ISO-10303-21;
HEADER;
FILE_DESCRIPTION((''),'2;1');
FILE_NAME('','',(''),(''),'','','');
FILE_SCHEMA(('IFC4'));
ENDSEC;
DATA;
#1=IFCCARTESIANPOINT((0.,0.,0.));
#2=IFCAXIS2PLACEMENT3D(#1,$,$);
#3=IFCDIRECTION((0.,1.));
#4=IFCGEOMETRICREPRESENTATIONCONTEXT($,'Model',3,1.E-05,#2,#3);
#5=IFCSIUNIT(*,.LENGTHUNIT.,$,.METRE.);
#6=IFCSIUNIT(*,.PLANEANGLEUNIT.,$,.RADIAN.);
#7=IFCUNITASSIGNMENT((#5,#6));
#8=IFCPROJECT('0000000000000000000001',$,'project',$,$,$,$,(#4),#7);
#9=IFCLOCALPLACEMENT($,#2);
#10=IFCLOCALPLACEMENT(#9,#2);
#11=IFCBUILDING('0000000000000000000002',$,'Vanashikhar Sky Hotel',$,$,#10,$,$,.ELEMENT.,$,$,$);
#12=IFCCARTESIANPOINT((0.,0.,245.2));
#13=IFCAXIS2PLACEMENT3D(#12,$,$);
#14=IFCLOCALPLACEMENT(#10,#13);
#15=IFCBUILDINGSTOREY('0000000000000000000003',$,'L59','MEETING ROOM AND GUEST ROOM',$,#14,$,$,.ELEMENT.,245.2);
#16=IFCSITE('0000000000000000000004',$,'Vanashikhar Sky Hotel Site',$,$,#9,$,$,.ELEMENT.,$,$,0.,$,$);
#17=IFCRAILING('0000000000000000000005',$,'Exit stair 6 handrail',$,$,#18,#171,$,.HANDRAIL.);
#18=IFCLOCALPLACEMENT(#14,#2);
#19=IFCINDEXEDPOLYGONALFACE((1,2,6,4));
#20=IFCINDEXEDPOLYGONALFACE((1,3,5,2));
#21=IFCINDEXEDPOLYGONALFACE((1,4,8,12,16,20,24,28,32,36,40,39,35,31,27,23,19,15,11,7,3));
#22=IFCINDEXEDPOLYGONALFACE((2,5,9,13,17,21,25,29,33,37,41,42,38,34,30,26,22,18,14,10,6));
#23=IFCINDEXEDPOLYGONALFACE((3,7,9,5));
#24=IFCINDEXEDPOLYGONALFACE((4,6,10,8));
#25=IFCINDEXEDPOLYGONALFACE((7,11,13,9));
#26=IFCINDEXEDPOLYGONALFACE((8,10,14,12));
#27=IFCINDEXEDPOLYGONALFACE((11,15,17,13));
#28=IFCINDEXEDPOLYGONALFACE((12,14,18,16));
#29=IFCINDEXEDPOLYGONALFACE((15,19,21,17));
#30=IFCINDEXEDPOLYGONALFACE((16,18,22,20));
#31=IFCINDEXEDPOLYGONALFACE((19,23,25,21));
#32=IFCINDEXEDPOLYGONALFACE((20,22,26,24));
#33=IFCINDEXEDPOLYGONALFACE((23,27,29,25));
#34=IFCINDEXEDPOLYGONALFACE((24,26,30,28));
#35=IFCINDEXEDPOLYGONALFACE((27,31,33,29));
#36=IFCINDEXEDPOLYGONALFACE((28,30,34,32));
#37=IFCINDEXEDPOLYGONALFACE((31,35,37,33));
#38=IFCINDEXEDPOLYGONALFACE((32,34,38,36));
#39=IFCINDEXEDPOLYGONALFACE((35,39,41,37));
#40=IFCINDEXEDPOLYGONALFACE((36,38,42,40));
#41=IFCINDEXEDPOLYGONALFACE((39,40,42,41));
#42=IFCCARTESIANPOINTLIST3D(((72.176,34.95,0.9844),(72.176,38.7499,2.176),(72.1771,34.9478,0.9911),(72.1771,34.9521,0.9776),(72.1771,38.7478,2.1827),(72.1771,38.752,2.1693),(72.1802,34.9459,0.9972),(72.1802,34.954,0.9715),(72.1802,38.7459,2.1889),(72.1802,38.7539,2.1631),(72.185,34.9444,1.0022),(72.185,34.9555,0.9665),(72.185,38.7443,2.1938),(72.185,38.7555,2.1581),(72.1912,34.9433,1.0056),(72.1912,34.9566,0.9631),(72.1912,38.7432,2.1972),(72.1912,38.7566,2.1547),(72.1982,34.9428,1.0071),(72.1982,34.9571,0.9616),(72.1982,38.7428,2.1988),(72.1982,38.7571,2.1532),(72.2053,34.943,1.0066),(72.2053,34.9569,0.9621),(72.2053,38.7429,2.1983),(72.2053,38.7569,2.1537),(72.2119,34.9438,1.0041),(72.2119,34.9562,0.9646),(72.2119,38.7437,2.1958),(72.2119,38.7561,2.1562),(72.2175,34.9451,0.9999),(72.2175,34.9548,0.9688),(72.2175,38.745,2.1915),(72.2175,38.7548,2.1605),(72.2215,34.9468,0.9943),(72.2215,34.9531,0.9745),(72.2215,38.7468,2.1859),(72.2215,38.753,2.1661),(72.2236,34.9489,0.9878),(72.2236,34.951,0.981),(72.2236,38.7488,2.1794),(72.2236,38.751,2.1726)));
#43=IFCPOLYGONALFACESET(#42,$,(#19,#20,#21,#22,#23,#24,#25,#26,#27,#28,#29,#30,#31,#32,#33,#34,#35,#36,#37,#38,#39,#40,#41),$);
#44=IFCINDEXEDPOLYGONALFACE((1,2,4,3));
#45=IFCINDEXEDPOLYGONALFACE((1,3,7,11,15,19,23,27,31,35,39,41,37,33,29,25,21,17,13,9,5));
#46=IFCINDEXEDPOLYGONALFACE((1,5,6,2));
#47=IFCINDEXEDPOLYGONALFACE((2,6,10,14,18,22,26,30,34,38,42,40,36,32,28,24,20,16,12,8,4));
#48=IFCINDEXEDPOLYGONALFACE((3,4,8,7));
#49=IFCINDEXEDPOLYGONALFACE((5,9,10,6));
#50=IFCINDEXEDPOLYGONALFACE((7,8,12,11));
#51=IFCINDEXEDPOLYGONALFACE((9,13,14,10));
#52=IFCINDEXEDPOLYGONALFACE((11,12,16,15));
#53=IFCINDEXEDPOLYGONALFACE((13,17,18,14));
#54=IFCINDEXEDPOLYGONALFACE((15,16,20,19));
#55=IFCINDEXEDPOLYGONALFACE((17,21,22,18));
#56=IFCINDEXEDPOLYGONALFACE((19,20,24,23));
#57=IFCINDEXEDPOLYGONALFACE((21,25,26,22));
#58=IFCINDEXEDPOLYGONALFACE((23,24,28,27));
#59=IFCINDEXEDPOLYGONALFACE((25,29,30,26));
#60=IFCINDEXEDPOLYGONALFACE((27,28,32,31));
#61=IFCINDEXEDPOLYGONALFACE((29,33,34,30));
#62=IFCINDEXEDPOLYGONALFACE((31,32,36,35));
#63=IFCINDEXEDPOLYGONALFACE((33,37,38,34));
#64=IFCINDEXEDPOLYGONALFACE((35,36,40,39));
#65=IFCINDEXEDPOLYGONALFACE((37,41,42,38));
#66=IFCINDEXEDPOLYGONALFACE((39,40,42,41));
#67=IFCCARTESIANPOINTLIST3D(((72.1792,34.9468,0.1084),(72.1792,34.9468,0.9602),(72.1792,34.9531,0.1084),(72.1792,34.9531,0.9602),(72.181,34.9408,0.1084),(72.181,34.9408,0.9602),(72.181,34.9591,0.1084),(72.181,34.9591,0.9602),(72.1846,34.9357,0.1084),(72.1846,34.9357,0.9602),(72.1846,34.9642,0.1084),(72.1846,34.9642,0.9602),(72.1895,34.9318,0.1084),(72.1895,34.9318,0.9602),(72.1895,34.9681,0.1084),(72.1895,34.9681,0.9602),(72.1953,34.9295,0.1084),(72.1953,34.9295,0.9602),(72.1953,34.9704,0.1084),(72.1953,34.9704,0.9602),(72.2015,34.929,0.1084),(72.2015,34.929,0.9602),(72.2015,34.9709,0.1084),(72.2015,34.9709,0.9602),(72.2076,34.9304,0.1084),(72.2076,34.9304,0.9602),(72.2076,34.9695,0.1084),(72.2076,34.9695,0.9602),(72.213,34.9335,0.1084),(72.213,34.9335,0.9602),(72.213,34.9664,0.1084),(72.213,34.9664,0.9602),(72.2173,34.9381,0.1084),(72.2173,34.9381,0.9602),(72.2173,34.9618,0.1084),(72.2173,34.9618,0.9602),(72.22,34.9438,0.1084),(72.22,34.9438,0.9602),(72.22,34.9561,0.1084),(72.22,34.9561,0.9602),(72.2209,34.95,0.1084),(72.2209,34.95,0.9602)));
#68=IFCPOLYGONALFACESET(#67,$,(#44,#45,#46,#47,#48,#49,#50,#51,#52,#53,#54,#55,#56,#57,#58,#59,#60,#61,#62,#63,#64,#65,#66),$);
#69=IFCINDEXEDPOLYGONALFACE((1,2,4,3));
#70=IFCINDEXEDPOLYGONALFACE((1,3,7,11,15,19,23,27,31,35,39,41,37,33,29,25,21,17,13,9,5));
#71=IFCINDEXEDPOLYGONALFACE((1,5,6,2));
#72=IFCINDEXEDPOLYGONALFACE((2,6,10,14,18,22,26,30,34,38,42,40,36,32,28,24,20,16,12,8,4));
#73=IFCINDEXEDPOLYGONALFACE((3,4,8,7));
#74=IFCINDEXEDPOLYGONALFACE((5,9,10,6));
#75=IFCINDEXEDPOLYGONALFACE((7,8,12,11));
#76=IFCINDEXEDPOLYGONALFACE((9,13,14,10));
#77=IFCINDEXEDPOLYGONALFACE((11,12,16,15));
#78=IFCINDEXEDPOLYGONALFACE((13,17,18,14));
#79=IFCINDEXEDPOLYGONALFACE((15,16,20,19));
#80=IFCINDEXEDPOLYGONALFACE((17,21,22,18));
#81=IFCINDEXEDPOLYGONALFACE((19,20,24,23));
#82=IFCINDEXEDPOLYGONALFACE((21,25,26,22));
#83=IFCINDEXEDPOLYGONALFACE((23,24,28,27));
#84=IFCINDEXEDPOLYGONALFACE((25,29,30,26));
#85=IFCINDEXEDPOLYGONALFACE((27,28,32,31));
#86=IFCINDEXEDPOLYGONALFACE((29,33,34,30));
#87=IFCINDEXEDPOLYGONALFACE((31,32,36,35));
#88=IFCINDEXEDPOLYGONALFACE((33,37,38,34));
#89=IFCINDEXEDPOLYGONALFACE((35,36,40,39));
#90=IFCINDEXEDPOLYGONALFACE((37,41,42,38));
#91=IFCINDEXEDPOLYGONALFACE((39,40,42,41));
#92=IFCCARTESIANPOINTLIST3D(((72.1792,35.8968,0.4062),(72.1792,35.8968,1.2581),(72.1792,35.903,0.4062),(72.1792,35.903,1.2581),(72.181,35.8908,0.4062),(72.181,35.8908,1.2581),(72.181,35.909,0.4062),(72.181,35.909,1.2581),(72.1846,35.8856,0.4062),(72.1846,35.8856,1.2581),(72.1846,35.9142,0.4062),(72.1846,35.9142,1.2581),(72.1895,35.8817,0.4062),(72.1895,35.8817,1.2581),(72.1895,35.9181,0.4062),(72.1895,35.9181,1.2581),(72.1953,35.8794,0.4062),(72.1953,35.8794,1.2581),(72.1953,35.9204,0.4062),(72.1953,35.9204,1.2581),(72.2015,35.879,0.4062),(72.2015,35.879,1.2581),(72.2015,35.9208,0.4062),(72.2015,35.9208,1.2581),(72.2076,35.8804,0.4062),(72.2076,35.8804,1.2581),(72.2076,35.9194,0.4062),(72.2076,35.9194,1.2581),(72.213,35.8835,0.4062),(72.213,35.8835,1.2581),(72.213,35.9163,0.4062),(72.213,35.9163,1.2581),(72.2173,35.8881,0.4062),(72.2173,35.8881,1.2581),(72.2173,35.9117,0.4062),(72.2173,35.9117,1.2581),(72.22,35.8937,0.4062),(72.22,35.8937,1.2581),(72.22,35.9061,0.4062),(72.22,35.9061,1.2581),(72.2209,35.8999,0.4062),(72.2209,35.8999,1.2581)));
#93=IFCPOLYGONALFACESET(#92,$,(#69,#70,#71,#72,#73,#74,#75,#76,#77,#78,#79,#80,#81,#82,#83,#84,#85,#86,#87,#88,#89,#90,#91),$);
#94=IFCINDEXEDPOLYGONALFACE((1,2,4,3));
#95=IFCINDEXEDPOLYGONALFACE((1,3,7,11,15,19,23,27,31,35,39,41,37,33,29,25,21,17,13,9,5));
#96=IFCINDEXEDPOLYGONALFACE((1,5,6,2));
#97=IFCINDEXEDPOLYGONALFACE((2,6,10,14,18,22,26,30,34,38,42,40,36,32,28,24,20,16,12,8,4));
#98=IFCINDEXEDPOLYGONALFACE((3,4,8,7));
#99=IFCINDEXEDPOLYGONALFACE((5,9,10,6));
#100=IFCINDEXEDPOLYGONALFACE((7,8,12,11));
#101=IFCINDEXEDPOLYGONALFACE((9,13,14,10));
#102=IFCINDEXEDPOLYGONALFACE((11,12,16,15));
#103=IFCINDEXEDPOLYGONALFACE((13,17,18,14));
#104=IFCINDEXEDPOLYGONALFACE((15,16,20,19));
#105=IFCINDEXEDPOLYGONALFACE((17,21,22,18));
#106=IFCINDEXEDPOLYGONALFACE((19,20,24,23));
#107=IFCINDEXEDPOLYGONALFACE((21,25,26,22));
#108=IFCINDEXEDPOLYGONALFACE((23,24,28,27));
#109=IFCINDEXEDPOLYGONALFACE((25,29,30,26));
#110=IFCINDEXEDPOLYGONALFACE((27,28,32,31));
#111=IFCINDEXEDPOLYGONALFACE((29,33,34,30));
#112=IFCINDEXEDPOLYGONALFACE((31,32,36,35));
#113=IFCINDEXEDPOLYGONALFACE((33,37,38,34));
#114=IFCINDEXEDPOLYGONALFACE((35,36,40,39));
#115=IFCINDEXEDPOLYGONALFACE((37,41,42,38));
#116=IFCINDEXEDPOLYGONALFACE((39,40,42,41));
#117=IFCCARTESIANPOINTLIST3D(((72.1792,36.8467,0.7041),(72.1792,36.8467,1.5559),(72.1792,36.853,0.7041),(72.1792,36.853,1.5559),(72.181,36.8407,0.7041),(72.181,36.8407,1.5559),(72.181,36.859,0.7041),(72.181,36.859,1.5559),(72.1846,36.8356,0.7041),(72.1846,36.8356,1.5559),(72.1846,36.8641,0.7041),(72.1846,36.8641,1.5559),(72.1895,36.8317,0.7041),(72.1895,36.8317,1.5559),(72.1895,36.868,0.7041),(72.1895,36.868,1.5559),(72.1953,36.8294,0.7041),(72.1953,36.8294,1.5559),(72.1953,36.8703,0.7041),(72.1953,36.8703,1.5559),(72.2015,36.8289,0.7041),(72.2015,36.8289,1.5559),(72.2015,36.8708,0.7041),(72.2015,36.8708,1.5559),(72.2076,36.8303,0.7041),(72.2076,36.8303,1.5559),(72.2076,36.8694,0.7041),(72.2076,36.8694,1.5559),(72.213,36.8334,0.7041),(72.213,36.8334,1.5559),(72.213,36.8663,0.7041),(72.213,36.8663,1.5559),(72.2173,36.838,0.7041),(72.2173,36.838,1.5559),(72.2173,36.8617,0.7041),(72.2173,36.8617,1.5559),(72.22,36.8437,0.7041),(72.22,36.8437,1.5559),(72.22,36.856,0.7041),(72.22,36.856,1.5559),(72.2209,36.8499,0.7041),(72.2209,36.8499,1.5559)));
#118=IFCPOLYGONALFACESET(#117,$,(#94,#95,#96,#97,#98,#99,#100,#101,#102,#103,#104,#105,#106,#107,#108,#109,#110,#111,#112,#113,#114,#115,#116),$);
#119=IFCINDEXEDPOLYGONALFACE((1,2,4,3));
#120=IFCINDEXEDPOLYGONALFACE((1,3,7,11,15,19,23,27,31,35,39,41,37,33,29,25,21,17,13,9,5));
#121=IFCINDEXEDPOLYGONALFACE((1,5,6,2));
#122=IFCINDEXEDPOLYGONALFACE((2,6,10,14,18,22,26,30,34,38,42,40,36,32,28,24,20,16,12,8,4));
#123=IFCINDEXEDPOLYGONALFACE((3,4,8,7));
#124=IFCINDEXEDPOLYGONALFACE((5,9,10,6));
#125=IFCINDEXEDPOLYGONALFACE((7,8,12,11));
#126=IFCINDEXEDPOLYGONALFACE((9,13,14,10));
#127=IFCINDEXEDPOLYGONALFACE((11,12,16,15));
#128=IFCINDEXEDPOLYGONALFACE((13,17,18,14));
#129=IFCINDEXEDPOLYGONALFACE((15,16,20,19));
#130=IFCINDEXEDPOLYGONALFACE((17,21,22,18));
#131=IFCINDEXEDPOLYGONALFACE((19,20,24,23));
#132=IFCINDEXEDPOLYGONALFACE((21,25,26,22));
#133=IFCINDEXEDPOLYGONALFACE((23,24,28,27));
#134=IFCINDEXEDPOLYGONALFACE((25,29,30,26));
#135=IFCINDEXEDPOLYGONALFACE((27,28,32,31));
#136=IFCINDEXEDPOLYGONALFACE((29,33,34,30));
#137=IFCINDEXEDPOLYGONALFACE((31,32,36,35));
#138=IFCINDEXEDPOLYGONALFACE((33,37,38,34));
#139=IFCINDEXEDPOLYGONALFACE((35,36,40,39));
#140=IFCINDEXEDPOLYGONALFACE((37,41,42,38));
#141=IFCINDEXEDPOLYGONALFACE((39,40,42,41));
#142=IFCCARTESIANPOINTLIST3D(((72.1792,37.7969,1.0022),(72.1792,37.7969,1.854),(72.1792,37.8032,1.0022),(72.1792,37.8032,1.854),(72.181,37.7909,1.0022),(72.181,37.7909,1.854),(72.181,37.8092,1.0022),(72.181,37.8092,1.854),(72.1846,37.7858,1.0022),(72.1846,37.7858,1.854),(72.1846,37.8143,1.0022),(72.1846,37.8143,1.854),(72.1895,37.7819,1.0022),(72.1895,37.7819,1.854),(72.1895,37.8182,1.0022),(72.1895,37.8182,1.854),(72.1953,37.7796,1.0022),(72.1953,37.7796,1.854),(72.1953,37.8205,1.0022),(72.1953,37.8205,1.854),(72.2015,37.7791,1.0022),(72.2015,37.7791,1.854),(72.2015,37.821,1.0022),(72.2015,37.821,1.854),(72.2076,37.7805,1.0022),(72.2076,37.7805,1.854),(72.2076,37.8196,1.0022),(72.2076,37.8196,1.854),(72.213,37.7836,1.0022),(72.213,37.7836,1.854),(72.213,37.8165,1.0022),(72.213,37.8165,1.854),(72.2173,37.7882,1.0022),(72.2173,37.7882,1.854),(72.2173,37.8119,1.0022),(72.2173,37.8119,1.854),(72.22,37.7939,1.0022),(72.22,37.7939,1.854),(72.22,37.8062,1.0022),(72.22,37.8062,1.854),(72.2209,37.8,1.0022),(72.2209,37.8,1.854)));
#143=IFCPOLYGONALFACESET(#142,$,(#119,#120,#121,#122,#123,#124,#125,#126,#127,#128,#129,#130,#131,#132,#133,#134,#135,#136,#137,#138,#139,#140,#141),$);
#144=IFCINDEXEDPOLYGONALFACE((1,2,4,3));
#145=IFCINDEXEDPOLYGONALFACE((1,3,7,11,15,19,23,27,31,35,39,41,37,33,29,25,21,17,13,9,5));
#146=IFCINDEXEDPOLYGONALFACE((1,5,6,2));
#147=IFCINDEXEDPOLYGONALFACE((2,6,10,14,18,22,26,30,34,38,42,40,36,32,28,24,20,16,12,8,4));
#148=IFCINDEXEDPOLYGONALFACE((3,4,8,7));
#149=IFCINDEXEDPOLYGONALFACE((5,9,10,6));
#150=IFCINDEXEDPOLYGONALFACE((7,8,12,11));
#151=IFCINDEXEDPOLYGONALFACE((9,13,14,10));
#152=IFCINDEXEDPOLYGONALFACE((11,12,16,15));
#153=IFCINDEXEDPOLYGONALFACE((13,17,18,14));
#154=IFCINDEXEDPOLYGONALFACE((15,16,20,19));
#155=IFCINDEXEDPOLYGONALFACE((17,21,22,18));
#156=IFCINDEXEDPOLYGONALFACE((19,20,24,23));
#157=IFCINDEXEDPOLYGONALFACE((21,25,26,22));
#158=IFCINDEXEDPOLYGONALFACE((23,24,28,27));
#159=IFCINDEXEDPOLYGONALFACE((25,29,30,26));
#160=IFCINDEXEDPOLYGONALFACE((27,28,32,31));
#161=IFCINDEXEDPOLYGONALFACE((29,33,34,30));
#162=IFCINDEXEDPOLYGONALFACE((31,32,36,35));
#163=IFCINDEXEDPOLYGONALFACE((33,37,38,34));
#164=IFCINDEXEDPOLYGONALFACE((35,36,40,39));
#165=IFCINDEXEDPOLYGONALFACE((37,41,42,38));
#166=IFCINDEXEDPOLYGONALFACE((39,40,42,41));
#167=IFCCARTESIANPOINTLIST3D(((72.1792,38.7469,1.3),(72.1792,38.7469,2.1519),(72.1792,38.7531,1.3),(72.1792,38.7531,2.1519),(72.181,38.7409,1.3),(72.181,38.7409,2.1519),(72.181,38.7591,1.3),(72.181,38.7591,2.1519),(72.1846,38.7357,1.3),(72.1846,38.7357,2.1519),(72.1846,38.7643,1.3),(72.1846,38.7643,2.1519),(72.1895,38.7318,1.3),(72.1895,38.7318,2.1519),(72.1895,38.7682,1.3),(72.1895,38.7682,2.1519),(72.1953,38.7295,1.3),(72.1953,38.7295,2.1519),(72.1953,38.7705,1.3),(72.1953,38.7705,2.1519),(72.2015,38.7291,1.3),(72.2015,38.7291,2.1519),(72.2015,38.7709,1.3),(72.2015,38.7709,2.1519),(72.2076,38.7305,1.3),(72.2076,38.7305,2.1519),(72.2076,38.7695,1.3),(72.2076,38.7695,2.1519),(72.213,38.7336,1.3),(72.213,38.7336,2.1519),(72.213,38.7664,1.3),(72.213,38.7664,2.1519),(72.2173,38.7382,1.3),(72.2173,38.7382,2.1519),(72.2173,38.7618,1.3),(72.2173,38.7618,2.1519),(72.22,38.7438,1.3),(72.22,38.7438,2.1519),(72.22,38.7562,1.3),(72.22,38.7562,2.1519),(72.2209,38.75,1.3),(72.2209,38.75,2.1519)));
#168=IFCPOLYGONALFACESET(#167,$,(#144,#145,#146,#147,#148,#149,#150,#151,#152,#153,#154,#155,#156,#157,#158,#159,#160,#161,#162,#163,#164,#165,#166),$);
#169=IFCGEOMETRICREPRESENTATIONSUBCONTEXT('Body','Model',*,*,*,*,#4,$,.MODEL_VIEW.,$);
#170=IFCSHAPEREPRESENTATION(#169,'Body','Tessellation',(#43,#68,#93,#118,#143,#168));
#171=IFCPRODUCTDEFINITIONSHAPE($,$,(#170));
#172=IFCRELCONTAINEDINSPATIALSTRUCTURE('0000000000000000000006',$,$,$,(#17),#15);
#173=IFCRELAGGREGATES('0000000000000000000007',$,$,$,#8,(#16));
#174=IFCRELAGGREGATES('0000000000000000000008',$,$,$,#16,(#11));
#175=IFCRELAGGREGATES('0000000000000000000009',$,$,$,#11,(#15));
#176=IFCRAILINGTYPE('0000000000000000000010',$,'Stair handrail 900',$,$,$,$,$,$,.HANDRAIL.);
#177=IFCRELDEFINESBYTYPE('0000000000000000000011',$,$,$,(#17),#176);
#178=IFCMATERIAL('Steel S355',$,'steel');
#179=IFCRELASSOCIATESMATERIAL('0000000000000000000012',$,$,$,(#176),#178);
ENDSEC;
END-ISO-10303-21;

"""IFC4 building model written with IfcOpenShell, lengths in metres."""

from ifc_helpers import new_model, si_unit, direction, frame, origin, origin_2d, place, context, subcontext, project, spatial, circle, extrude, source, transform, mapped, material, type_object, element, save


model = new_model("IFC4")

# Units and contexts
model_context = context("Model", 3, precision=1e-05, world=origin(), true_north=direction((0.0, 1.0)))
body_context = subcontext(model_context, "Body", "Model", "MODEL_VIEW")
ifc_project = project(units=[si_unit("LENGTHUNIT", "METRE"), si_unit("PLANEANGLEUNIT", "RADIAN")], contexts=[model_context])

# Site, building, storey
site_placement = place(None, origin())
site = spatial("IfcSite", under=ifc_project, at=site_placement, Name="Vanashikhar Sky Hotel Site", CompositionType="ELEMENT", RefElevation=0.0)
building_placement = place(site_placement, origin())
building = spatial("IfcBuilding", under=site, at=building_placement, Name="Vanashikhar Sky Hotel", CompositionType="ELEMENT")
storey_placement = place(building_placement, frame((0.0, 0.0, 245.2)))
storey = spatial("IfcBuildingStorey", under=building, at=storey_placement, Name="L59", Description="MEETING ROOM AND GUEST ROOM", CompositionType="ELEMENT", Elevation=245.2)

# Railing
ifc_material_1 = material(Name="Steel S355", Category="steel")
railing_type = type_object("IfcRailingType", Name="Stair handrail 900", PredefinedType="HANDRAIL", material=ifc_material_1)
shared_shape_1 = source(origin(), body_context, "Body", "SweptSolid", [
    extrude(circle(Radius=0.0239, at=origin_2d()), frame((0.0, 0.0, 0.876), z_axis=(0.0, 0.954184, 0.299221), x_axis=(-1.0, 0.0, 0.0)), (0.0, 0.0, 1.0), 3.9824),
    extrude(circle(Radius=0.021, at=origin_2d()), origin(), (0.0, 0.0, 1.0), 0.8518),
    extrude(circle(Radius=0.021, at=origin_2d()), frame((0.0, 0.95, 0.2979)), (0.0, 0.0, 1.0), 0.8518),
    extrude(circle(Radius=0.021, at=origin_2d()), frame((0.0, 1.8999, 0.5957)), (0.0, 0.0, 1.0), 0.8518),
    extrude(circle(Radius=0.021, at=origin_2d()), frame((0.0, 2.8501, 0.8938)), (0.0, 0.0, 1.0), 0.8518),
    extrude(circle(Radius=0.021, at=origin_2d()), frame((0.0, 3.8, 1.1917)), (0.0, 0.0, 1.0), 0.8518),
])
for number, where, name in (
    (1, (72.2, 34.95, 0.1084), "Exit stair 6 handrail"),
):
    element("IfcRailing", number, at=place(storey_placement, frame(where)), inside=storey, type_object=railing_type, Name=name, PredefinedType="HANDRAIL", context=body_context, shape_type="MappedRepresentation", body=[
        mapped(shared_shape_1, transform((0.0, 0.0, 0.0), scale=1.0)),
    ])

save(model, "model.ifc")
